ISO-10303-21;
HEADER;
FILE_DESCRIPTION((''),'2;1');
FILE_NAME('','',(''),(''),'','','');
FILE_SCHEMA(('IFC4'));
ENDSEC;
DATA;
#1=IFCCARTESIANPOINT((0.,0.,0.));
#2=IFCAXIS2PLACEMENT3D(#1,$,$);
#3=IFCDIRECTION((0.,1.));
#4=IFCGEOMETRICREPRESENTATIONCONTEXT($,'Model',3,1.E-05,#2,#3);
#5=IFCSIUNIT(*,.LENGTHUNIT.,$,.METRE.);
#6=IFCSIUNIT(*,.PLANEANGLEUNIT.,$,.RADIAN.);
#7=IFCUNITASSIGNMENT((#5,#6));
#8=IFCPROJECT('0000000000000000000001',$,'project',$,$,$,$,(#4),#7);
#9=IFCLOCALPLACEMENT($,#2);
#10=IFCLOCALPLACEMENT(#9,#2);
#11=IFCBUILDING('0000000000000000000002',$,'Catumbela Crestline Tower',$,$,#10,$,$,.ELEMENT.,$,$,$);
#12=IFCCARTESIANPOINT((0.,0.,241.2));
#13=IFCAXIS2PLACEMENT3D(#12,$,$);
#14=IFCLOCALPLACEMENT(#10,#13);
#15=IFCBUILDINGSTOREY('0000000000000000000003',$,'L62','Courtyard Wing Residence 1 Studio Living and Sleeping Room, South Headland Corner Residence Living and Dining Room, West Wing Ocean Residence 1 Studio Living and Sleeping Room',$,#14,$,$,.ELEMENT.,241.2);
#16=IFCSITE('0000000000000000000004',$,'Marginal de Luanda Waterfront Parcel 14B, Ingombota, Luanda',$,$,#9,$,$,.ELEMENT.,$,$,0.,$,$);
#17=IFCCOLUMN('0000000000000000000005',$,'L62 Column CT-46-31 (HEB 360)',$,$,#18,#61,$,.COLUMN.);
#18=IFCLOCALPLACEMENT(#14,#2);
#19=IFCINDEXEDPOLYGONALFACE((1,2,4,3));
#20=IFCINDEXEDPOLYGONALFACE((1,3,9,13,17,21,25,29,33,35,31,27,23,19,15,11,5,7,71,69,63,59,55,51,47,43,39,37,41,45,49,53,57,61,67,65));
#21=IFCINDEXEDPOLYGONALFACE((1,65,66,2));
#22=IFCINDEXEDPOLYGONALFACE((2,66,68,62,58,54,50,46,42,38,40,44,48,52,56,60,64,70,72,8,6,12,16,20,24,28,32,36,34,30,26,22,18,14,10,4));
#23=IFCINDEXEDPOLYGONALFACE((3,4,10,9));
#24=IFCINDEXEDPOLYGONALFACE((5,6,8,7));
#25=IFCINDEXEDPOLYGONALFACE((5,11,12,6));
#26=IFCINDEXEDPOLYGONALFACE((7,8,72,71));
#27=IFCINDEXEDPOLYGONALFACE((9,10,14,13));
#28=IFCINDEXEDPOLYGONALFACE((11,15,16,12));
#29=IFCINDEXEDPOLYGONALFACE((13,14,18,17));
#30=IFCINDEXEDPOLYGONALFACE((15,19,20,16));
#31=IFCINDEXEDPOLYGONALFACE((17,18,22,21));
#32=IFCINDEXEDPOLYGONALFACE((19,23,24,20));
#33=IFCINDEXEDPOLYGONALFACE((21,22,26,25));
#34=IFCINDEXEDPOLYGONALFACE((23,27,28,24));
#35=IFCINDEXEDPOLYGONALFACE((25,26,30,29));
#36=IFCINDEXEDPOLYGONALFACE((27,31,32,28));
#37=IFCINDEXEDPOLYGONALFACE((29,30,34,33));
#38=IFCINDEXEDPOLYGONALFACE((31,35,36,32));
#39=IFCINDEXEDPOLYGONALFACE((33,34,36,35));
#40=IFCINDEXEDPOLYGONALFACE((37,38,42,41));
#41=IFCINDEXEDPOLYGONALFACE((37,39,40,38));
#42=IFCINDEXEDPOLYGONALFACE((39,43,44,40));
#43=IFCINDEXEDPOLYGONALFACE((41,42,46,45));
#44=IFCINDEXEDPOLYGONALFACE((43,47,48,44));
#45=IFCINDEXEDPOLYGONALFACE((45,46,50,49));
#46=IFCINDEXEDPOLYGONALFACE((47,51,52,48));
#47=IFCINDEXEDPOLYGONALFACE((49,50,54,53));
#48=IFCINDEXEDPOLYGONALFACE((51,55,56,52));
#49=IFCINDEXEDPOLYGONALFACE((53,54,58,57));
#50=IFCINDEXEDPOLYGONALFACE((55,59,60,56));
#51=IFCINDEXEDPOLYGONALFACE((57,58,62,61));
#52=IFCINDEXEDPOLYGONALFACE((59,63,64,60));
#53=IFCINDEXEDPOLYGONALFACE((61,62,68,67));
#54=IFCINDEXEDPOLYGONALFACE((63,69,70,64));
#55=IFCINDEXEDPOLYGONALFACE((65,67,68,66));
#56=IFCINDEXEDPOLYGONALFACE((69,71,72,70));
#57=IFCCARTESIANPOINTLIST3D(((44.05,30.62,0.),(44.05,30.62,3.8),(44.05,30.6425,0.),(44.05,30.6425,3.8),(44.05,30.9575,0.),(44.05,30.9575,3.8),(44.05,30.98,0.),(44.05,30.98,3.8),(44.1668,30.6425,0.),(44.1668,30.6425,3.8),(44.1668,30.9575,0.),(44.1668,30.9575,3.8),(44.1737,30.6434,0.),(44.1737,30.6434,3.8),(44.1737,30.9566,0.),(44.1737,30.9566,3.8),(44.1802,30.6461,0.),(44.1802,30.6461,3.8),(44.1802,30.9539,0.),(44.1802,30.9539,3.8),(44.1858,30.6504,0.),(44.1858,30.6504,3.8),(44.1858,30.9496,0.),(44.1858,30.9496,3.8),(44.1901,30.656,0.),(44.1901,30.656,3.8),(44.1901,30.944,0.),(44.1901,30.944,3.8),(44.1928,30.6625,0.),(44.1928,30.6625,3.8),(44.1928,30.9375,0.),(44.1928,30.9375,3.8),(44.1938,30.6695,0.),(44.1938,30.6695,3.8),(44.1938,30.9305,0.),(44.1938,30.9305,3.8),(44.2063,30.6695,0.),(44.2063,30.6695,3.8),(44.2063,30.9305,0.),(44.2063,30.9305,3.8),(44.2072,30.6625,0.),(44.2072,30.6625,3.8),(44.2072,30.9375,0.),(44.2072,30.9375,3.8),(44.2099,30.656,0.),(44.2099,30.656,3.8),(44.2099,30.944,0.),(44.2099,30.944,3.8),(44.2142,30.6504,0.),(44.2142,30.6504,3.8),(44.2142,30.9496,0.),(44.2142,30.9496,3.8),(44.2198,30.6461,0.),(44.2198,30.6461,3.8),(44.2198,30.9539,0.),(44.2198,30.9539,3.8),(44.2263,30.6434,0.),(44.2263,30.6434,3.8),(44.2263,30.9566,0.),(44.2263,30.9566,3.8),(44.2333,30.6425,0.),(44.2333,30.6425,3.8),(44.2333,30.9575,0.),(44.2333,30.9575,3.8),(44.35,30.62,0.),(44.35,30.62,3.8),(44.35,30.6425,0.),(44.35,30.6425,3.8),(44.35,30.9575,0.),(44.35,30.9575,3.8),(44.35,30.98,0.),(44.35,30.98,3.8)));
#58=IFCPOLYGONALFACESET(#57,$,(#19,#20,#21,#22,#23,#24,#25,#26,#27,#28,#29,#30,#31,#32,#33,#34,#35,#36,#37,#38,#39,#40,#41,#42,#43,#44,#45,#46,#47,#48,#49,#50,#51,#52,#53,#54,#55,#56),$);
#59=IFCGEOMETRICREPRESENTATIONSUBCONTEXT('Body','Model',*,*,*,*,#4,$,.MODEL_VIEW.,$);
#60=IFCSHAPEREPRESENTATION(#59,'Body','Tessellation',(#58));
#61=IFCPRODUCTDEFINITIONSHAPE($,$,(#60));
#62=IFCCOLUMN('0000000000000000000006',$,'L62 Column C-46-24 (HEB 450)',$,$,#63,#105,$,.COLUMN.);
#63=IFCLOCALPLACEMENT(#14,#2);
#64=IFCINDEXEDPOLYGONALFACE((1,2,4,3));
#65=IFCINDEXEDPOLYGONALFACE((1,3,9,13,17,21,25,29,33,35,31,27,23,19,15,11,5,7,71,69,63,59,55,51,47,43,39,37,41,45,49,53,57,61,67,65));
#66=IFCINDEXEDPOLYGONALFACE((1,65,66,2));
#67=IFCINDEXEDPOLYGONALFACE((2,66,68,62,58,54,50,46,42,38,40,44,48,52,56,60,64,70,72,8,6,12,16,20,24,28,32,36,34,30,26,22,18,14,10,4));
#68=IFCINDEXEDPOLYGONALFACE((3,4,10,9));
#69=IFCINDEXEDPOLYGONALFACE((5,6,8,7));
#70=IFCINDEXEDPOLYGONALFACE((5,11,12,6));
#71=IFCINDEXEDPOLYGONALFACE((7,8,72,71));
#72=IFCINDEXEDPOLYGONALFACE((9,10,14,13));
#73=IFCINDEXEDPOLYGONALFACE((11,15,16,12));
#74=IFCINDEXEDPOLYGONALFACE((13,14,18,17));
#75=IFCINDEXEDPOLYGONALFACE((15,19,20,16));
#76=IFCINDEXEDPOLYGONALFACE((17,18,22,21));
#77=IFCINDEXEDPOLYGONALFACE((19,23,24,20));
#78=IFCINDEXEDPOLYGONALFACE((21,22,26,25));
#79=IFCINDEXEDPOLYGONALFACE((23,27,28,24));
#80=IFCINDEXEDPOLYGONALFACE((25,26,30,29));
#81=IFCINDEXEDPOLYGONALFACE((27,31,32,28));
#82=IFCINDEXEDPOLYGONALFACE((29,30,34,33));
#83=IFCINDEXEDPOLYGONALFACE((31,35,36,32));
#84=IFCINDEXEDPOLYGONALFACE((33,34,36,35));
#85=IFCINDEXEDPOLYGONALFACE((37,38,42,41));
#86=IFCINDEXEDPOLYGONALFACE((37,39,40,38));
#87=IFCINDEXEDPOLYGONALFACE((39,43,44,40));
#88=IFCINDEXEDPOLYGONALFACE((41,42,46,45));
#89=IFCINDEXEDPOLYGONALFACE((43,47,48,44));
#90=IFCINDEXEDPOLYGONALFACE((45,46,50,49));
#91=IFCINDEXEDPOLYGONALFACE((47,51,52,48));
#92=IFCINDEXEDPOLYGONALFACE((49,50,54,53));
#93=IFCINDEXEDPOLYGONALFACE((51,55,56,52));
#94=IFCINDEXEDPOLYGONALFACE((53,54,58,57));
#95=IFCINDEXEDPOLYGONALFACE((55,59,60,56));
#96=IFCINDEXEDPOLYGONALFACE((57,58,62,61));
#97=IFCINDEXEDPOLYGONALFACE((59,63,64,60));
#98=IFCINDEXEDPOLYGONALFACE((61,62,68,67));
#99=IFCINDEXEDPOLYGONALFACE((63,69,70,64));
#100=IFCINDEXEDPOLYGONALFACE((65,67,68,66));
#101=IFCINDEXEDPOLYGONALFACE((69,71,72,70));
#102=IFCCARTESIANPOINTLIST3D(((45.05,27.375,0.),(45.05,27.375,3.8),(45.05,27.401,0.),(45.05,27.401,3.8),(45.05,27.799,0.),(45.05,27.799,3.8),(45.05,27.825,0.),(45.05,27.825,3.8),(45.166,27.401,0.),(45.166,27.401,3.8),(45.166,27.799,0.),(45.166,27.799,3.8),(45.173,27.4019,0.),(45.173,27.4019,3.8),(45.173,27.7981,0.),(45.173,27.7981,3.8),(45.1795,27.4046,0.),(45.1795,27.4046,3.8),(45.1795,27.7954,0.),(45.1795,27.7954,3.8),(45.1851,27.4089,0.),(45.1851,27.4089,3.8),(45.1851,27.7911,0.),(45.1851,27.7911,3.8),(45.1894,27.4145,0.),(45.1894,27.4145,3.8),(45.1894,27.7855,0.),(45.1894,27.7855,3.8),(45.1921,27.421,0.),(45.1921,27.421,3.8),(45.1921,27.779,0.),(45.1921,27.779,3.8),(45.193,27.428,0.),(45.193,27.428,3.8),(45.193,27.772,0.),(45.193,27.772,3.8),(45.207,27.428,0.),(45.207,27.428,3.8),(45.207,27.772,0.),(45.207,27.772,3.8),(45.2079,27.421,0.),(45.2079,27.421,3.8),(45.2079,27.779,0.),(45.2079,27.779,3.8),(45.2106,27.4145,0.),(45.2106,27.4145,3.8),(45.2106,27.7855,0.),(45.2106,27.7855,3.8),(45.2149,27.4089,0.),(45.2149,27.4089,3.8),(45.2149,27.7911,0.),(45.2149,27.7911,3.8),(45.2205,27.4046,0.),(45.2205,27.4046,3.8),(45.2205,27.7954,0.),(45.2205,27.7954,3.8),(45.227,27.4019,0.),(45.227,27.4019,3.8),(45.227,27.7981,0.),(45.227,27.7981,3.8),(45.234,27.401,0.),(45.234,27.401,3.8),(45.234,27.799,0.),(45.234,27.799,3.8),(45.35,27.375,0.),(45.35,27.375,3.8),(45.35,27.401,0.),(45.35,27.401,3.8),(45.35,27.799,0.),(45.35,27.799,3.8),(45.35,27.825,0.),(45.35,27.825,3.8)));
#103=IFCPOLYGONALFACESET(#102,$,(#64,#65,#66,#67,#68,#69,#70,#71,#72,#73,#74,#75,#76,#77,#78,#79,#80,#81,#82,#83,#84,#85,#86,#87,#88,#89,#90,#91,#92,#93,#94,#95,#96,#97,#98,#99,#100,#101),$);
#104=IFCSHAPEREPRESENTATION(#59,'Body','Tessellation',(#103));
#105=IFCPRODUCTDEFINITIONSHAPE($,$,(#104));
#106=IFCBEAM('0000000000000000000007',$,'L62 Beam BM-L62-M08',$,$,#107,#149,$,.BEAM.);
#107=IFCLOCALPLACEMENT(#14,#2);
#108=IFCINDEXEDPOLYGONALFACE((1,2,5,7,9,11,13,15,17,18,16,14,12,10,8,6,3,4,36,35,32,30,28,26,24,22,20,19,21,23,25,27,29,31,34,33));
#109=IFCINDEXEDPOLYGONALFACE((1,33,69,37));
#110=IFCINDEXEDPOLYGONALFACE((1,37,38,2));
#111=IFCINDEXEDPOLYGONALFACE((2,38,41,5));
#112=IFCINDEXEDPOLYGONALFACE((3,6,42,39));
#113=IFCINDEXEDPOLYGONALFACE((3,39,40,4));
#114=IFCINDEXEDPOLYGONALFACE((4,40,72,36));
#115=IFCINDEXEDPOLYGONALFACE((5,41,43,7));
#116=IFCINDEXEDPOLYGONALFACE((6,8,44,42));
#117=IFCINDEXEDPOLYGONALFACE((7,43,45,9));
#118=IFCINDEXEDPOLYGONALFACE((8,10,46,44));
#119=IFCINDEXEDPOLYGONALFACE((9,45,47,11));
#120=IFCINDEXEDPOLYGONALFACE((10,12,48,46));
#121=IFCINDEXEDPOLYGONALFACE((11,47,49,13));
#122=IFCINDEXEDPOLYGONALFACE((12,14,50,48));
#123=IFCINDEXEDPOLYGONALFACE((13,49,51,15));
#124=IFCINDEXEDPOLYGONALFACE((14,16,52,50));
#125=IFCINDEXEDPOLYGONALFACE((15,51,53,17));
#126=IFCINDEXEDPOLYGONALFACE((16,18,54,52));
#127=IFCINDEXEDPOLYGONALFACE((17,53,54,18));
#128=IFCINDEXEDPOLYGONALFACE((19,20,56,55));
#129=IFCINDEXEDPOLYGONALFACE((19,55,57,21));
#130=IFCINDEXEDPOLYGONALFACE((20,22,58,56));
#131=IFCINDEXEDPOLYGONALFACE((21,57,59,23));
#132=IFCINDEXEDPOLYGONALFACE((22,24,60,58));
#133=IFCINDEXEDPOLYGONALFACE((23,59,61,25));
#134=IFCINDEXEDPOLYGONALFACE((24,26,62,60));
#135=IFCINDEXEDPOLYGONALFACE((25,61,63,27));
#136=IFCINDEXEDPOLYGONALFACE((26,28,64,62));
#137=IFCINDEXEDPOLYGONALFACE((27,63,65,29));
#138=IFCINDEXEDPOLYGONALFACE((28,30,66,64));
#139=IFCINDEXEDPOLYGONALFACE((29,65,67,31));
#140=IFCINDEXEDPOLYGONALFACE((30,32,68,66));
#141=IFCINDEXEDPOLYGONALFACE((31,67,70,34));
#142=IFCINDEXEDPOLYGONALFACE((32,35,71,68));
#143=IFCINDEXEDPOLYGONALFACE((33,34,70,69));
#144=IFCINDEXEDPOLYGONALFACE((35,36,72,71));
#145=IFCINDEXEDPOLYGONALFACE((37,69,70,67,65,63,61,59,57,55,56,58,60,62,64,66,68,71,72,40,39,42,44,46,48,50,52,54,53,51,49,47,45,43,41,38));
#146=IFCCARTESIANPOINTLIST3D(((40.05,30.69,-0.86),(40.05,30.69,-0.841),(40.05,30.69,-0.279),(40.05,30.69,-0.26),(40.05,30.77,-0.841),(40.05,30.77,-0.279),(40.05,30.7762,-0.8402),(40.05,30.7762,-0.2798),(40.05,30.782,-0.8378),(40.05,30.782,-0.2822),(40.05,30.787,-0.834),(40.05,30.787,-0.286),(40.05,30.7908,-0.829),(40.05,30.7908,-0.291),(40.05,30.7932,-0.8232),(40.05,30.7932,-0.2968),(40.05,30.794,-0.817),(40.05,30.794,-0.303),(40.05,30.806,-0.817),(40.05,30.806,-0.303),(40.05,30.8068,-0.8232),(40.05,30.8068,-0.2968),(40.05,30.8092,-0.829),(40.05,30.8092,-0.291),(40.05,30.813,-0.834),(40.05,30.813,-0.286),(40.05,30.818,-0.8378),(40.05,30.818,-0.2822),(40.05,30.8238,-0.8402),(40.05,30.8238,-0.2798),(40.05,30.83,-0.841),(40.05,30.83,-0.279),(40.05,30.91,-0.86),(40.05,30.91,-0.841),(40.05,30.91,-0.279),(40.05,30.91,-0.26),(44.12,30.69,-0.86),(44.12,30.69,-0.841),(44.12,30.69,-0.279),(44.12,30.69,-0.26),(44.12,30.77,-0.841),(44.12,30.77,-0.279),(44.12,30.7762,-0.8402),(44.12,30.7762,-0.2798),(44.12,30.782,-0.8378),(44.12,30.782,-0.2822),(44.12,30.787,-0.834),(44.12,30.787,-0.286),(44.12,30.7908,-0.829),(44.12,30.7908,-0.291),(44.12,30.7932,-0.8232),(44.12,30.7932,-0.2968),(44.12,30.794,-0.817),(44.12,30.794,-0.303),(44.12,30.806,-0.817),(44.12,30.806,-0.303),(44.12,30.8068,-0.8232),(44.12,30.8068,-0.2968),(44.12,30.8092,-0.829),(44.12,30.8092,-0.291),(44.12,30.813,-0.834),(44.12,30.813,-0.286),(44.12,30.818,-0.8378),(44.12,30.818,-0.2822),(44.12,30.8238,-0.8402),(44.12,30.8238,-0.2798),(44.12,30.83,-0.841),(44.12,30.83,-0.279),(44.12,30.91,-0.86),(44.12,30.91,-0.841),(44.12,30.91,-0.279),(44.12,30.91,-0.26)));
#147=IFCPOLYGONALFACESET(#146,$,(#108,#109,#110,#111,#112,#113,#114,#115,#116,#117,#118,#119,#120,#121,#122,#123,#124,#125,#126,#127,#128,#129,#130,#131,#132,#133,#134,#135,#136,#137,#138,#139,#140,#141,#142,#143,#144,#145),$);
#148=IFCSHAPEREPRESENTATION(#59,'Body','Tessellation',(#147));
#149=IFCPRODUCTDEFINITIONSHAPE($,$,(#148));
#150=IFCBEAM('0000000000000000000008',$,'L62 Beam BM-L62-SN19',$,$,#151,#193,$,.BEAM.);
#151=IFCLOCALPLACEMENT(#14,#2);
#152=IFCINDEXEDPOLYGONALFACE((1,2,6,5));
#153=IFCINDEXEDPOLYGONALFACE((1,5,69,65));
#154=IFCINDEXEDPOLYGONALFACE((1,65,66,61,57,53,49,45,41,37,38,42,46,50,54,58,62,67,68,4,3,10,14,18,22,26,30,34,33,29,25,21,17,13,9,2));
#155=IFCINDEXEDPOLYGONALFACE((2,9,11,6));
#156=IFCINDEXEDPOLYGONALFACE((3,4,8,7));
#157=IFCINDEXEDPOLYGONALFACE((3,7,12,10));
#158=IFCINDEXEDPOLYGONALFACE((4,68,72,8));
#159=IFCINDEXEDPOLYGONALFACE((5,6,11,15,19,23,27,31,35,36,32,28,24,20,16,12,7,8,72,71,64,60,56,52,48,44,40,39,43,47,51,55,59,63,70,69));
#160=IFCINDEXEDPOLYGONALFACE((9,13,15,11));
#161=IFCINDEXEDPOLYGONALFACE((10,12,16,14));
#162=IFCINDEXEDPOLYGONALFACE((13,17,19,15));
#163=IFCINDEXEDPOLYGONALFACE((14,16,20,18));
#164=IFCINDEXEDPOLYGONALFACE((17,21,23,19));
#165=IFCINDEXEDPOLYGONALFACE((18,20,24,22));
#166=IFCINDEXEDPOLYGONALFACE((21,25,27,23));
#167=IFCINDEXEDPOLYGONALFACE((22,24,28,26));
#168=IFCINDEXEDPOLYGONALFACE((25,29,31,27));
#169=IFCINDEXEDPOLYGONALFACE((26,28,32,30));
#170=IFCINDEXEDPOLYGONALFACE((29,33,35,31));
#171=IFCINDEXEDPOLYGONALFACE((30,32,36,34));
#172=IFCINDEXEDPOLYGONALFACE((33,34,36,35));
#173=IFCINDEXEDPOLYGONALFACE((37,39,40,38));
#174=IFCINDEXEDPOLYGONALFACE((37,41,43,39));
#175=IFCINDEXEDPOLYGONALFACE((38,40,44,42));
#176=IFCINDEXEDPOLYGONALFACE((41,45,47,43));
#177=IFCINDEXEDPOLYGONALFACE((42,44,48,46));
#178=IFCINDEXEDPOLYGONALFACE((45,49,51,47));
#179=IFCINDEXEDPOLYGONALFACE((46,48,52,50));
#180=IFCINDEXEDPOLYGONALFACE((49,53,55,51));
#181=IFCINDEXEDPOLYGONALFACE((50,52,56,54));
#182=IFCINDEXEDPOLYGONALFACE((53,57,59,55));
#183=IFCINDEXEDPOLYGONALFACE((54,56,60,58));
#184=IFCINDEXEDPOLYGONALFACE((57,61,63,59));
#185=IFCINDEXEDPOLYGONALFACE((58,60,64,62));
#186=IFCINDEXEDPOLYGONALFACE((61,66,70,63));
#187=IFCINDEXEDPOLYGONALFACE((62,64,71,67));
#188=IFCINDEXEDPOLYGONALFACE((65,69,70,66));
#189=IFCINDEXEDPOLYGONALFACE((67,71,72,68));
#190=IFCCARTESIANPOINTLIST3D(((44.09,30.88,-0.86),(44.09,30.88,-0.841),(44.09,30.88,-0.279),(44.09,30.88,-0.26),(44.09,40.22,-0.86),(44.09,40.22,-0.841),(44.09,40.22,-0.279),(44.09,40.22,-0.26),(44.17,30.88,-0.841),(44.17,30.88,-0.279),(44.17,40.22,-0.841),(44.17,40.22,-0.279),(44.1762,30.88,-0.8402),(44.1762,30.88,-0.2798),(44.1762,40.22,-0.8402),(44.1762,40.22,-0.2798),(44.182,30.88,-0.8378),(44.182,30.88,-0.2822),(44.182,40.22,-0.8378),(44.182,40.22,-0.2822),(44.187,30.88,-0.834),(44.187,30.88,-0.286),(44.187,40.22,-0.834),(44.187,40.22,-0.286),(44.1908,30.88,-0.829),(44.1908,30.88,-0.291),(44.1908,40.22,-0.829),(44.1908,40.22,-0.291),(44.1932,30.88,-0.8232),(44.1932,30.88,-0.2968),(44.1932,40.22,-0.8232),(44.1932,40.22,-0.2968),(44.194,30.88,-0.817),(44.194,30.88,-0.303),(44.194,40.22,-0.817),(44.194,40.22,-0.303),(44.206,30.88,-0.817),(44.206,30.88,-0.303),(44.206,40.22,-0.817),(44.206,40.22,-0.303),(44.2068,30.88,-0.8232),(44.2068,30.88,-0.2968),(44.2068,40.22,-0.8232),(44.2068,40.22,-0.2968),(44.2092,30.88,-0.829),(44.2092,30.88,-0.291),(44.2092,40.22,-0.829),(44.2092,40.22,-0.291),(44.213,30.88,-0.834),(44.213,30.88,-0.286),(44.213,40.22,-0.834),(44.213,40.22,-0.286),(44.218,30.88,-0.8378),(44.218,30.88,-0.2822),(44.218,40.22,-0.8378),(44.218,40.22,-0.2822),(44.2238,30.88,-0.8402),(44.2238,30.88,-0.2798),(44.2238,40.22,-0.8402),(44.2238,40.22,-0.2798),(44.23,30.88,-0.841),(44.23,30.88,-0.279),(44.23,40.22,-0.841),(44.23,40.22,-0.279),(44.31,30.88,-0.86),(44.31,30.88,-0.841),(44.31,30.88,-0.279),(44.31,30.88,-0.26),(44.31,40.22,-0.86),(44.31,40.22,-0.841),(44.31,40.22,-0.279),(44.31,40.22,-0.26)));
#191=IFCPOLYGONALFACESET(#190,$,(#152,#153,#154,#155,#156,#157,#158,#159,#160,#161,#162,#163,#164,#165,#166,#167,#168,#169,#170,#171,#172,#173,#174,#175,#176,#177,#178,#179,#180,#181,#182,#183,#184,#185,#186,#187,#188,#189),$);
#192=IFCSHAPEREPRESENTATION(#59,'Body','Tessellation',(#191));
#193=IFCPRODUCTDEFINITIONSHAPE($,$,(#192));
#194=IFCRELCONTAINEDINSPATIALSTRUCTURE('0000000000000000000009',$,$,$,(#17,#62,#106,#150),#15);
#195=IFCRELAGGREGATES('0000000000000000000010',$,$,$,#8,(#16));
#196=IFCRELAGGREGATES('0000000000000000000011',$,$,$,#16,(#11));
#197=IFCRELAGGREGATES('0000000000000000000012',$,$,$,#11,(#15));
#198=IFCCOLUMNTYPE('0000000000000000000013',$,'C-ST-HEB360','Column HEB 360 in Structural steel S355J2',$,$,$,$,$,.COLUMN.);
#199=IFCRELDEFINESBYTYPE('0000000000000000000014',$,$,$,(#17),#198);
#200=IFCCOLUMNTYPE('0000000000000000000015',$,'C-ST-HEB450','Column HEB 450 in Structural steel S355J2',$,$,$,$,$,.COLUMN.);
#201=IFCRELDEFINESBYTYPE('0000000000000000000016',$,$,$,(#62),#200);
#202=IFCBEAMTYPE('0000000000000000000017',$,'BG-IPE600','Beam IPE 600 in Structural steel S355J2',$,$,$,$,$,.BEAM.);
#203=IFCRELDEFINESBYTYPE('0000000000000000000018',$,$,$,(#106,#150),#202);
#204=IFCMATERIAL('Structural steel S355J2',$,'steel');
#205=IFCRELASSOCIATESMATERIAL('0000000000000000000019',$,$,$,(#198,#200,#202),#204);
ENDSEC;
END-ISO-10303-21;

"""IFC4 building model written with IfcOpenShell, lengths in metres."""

from ifc_helpers import new_model, si_unit, direction, frame, origin, origin_2d, place, context, subcontext, project, spatial, i_section, extrude, material, material_profile, profile_set, type_object, element, save


model = new_model("IFC4")

# Units and contexts
model_context = context("Model", 3, precision=1e-05, world=origin(), true_north=direction((0.0, 1.0)))
body_context = subcontext(model_context, "Body", "Model", "MODEL_VIEW")
ifc_project = project(units=[si_unit("LENGTHUNIT", "METRE"), si_unit("PLANEANGLEUNIT", "RADIAN")], contexts=[model_context])

# Site, building, storey
site_placement = place(None, origin())
site = spatial("IfcSite", under=ifc_project, at=site_placement, Name="Marginal de Luanda Waterfront Parcel 14B, Ingombota, Luanda", CompositionType="ELEMENT", RefElevation=0.0)
building_placement = place(site_placement, origin())
building = spatial("IfcBuilding", under=site, at=building_placement, Name="Catumbela Crestline Tower", CompositionType="ELEMENT")
storey_placement = place(building_placement, frame((0.0, 0.0, 241.2)))
storey = spatial("IfcBuildingStorey", under=building, at=storey_placement, Name="L62", Description="Courtyard Wing Residence 1 Studio Living and Sleeping Room, South Headland Corner Residence Living and Dining Room, West Wing Ocean Residence 1 Studio Living and Sleeping Room", CompositionType="ELEMENT", Elevation=241.2)

# Columns
ifc_material_1 = material(Name="Structural steel S355J2", Category="steel")
ifc_material_profile_1 = material_profile(ifc_material_1, i_section(OverallWidth=0.3, OverallDepth=0.36, WebThickness=0.0125, FlangeThickness=0.0225, FilletRadius=0.027, at=origin_2d()), Name="HEB 360")
ifc_profile_set_1 = profile_set([ifc_material_profile_1], Name="Structural steel S355J2")
column_type_1 = type_object("IfcColumnType", Name="C-ST-HEB360", Description="Column HEB 360 in Structural steel S355J2", PredefinedType="COLUMN", material=ifc_profile_set_1)
column_1_placement = place(storey_placement, frame((44.2, 30.8, 0.0), z_axis=(0.0, 0.0, 1.0), x_axis=(1.0, 0.0, 0.0)))
element("IfcColumn", 1, at=column_1_placement, inside=storey, type_object=column_type_1, Name="L62 Column CT-46-31 (HEB 360)", PredefinedType="COLUMN", context=body_context, shape_type="SweptSolid", body=[
    extrude(i_section(OverallWidth=0.3, OverallDepth=0.36, WebThickness=0.0125, FlangeThickness=0.0225, FilletRadius=0.027, at=origin_2d()), origin(), (0.0, 0.0, 1.0), 3.8),
])
ifc_material_profile_2 = material_profile(ifc_material_1, i_section(OverallWidth=0.3, OverallDepth=0.45, WebThickness=0.014, FlangeThickness=0.026, FilletRadius=0.027, at=origin_2d()), Name="HEB 450")
ifc_profile_set_2 = profile_set([ifc_material_profile_2], Name="Structural steel S355J2")
column_type_2 = type_object("IfcColumnType", Name="C-ST-HEB450", Description="Column HEB 450 in Structural steel S355J2", PredefinedType="COLUMN", material=ifc_profile_set_2)
column_2_placement = place(storey_placement, frame((45.2, 27.6, 0.0), z_axis=(0.0, 0.0, 1.0), x_axis=(1.0, 0.0, 0.0)))
element("IfcColumn", 2, at=column_2_placement, inside=storey, type_object=column_type_2, Name="L62 Column C-46-24 (HEB 450)", PredefinedType="COLUMN", context=body_context, shape_type="SweptSolid", body=[
    extrude(i_section(OverallWidth=0.3, OverallDepth=0.45, WebThickness=0.014, FlangeThickness=0.026, FilletRadius=0.027, at=origin_2d()), origin(), (0.0, 0.0, 1.0), 3.8),
])

# Beams
ifc_material_profile_3 = material_profile(ifc_material_1, i_section(OverallWidth=0.22, OverallDepth=0.6, WebThickness=0.012, FlangeThickness=0.019, FilletRadius=0.024, at=origin_2d()), Name="IPE 600")
ifc_profile_set_3 = profile_set([ifc_material_profile_3], Name="Structural steel S355J2")
beam_type_1 = type_object("IfcBeamType", Name="BG-IPE600", Description="Beam IPE 600 in Structural steel S355J2", PredefinedType="BEAM", material=ifc_profile_set_3)
beam_1_placement = place(storey_placement, frame((40.05, 30.8, -0.56), z_axis=(1.0, 0.0, 0.0), x_axis=(0.0, 1.0, 0.0)))
element("IfcBeam", 3, at=beam_1_placement, inside=storey, type_object=beam_type_1, Name="L62 Beam BM-L62-M08", PredefinedType="BEAM", context=body_context, shape_type="SweptSolid", body=[
    extrude(i_section(OverallWidth=0.22, OverallDepth=0.6, WebThickness=0.012, FlangeThickness=0.019, FilletRadius=0.024, at=origin_2d()), origin(), (0.0, 0.0, 1.0), 4.07),
])
beam_2_placement = place(storey_placement, frame((44.2, 30.88, -0.56), z_axis=(0.0, 1.0, 0.0), x_axis=(-1.0, 0.0, 0.0)))
element("IfcBeam", 4, at=beam_2_placement, inside=storey, type_object=beam_type_1, Name="L62 Beam BM-L62-SN19", PredefinedType="BEAM", context=body_context, shape_type="SweptSolid", body=[
    extrude(i_section(OverallWidth=0.22, OverallDepth=0.6, WebThickness=0.012, FlangeThickness=0.019, FilletRadius=0.024, at=origin_2d()), origin(), (0.0, 0.0, 1.0), 9.34),
])

save(model, "model.ifc")
